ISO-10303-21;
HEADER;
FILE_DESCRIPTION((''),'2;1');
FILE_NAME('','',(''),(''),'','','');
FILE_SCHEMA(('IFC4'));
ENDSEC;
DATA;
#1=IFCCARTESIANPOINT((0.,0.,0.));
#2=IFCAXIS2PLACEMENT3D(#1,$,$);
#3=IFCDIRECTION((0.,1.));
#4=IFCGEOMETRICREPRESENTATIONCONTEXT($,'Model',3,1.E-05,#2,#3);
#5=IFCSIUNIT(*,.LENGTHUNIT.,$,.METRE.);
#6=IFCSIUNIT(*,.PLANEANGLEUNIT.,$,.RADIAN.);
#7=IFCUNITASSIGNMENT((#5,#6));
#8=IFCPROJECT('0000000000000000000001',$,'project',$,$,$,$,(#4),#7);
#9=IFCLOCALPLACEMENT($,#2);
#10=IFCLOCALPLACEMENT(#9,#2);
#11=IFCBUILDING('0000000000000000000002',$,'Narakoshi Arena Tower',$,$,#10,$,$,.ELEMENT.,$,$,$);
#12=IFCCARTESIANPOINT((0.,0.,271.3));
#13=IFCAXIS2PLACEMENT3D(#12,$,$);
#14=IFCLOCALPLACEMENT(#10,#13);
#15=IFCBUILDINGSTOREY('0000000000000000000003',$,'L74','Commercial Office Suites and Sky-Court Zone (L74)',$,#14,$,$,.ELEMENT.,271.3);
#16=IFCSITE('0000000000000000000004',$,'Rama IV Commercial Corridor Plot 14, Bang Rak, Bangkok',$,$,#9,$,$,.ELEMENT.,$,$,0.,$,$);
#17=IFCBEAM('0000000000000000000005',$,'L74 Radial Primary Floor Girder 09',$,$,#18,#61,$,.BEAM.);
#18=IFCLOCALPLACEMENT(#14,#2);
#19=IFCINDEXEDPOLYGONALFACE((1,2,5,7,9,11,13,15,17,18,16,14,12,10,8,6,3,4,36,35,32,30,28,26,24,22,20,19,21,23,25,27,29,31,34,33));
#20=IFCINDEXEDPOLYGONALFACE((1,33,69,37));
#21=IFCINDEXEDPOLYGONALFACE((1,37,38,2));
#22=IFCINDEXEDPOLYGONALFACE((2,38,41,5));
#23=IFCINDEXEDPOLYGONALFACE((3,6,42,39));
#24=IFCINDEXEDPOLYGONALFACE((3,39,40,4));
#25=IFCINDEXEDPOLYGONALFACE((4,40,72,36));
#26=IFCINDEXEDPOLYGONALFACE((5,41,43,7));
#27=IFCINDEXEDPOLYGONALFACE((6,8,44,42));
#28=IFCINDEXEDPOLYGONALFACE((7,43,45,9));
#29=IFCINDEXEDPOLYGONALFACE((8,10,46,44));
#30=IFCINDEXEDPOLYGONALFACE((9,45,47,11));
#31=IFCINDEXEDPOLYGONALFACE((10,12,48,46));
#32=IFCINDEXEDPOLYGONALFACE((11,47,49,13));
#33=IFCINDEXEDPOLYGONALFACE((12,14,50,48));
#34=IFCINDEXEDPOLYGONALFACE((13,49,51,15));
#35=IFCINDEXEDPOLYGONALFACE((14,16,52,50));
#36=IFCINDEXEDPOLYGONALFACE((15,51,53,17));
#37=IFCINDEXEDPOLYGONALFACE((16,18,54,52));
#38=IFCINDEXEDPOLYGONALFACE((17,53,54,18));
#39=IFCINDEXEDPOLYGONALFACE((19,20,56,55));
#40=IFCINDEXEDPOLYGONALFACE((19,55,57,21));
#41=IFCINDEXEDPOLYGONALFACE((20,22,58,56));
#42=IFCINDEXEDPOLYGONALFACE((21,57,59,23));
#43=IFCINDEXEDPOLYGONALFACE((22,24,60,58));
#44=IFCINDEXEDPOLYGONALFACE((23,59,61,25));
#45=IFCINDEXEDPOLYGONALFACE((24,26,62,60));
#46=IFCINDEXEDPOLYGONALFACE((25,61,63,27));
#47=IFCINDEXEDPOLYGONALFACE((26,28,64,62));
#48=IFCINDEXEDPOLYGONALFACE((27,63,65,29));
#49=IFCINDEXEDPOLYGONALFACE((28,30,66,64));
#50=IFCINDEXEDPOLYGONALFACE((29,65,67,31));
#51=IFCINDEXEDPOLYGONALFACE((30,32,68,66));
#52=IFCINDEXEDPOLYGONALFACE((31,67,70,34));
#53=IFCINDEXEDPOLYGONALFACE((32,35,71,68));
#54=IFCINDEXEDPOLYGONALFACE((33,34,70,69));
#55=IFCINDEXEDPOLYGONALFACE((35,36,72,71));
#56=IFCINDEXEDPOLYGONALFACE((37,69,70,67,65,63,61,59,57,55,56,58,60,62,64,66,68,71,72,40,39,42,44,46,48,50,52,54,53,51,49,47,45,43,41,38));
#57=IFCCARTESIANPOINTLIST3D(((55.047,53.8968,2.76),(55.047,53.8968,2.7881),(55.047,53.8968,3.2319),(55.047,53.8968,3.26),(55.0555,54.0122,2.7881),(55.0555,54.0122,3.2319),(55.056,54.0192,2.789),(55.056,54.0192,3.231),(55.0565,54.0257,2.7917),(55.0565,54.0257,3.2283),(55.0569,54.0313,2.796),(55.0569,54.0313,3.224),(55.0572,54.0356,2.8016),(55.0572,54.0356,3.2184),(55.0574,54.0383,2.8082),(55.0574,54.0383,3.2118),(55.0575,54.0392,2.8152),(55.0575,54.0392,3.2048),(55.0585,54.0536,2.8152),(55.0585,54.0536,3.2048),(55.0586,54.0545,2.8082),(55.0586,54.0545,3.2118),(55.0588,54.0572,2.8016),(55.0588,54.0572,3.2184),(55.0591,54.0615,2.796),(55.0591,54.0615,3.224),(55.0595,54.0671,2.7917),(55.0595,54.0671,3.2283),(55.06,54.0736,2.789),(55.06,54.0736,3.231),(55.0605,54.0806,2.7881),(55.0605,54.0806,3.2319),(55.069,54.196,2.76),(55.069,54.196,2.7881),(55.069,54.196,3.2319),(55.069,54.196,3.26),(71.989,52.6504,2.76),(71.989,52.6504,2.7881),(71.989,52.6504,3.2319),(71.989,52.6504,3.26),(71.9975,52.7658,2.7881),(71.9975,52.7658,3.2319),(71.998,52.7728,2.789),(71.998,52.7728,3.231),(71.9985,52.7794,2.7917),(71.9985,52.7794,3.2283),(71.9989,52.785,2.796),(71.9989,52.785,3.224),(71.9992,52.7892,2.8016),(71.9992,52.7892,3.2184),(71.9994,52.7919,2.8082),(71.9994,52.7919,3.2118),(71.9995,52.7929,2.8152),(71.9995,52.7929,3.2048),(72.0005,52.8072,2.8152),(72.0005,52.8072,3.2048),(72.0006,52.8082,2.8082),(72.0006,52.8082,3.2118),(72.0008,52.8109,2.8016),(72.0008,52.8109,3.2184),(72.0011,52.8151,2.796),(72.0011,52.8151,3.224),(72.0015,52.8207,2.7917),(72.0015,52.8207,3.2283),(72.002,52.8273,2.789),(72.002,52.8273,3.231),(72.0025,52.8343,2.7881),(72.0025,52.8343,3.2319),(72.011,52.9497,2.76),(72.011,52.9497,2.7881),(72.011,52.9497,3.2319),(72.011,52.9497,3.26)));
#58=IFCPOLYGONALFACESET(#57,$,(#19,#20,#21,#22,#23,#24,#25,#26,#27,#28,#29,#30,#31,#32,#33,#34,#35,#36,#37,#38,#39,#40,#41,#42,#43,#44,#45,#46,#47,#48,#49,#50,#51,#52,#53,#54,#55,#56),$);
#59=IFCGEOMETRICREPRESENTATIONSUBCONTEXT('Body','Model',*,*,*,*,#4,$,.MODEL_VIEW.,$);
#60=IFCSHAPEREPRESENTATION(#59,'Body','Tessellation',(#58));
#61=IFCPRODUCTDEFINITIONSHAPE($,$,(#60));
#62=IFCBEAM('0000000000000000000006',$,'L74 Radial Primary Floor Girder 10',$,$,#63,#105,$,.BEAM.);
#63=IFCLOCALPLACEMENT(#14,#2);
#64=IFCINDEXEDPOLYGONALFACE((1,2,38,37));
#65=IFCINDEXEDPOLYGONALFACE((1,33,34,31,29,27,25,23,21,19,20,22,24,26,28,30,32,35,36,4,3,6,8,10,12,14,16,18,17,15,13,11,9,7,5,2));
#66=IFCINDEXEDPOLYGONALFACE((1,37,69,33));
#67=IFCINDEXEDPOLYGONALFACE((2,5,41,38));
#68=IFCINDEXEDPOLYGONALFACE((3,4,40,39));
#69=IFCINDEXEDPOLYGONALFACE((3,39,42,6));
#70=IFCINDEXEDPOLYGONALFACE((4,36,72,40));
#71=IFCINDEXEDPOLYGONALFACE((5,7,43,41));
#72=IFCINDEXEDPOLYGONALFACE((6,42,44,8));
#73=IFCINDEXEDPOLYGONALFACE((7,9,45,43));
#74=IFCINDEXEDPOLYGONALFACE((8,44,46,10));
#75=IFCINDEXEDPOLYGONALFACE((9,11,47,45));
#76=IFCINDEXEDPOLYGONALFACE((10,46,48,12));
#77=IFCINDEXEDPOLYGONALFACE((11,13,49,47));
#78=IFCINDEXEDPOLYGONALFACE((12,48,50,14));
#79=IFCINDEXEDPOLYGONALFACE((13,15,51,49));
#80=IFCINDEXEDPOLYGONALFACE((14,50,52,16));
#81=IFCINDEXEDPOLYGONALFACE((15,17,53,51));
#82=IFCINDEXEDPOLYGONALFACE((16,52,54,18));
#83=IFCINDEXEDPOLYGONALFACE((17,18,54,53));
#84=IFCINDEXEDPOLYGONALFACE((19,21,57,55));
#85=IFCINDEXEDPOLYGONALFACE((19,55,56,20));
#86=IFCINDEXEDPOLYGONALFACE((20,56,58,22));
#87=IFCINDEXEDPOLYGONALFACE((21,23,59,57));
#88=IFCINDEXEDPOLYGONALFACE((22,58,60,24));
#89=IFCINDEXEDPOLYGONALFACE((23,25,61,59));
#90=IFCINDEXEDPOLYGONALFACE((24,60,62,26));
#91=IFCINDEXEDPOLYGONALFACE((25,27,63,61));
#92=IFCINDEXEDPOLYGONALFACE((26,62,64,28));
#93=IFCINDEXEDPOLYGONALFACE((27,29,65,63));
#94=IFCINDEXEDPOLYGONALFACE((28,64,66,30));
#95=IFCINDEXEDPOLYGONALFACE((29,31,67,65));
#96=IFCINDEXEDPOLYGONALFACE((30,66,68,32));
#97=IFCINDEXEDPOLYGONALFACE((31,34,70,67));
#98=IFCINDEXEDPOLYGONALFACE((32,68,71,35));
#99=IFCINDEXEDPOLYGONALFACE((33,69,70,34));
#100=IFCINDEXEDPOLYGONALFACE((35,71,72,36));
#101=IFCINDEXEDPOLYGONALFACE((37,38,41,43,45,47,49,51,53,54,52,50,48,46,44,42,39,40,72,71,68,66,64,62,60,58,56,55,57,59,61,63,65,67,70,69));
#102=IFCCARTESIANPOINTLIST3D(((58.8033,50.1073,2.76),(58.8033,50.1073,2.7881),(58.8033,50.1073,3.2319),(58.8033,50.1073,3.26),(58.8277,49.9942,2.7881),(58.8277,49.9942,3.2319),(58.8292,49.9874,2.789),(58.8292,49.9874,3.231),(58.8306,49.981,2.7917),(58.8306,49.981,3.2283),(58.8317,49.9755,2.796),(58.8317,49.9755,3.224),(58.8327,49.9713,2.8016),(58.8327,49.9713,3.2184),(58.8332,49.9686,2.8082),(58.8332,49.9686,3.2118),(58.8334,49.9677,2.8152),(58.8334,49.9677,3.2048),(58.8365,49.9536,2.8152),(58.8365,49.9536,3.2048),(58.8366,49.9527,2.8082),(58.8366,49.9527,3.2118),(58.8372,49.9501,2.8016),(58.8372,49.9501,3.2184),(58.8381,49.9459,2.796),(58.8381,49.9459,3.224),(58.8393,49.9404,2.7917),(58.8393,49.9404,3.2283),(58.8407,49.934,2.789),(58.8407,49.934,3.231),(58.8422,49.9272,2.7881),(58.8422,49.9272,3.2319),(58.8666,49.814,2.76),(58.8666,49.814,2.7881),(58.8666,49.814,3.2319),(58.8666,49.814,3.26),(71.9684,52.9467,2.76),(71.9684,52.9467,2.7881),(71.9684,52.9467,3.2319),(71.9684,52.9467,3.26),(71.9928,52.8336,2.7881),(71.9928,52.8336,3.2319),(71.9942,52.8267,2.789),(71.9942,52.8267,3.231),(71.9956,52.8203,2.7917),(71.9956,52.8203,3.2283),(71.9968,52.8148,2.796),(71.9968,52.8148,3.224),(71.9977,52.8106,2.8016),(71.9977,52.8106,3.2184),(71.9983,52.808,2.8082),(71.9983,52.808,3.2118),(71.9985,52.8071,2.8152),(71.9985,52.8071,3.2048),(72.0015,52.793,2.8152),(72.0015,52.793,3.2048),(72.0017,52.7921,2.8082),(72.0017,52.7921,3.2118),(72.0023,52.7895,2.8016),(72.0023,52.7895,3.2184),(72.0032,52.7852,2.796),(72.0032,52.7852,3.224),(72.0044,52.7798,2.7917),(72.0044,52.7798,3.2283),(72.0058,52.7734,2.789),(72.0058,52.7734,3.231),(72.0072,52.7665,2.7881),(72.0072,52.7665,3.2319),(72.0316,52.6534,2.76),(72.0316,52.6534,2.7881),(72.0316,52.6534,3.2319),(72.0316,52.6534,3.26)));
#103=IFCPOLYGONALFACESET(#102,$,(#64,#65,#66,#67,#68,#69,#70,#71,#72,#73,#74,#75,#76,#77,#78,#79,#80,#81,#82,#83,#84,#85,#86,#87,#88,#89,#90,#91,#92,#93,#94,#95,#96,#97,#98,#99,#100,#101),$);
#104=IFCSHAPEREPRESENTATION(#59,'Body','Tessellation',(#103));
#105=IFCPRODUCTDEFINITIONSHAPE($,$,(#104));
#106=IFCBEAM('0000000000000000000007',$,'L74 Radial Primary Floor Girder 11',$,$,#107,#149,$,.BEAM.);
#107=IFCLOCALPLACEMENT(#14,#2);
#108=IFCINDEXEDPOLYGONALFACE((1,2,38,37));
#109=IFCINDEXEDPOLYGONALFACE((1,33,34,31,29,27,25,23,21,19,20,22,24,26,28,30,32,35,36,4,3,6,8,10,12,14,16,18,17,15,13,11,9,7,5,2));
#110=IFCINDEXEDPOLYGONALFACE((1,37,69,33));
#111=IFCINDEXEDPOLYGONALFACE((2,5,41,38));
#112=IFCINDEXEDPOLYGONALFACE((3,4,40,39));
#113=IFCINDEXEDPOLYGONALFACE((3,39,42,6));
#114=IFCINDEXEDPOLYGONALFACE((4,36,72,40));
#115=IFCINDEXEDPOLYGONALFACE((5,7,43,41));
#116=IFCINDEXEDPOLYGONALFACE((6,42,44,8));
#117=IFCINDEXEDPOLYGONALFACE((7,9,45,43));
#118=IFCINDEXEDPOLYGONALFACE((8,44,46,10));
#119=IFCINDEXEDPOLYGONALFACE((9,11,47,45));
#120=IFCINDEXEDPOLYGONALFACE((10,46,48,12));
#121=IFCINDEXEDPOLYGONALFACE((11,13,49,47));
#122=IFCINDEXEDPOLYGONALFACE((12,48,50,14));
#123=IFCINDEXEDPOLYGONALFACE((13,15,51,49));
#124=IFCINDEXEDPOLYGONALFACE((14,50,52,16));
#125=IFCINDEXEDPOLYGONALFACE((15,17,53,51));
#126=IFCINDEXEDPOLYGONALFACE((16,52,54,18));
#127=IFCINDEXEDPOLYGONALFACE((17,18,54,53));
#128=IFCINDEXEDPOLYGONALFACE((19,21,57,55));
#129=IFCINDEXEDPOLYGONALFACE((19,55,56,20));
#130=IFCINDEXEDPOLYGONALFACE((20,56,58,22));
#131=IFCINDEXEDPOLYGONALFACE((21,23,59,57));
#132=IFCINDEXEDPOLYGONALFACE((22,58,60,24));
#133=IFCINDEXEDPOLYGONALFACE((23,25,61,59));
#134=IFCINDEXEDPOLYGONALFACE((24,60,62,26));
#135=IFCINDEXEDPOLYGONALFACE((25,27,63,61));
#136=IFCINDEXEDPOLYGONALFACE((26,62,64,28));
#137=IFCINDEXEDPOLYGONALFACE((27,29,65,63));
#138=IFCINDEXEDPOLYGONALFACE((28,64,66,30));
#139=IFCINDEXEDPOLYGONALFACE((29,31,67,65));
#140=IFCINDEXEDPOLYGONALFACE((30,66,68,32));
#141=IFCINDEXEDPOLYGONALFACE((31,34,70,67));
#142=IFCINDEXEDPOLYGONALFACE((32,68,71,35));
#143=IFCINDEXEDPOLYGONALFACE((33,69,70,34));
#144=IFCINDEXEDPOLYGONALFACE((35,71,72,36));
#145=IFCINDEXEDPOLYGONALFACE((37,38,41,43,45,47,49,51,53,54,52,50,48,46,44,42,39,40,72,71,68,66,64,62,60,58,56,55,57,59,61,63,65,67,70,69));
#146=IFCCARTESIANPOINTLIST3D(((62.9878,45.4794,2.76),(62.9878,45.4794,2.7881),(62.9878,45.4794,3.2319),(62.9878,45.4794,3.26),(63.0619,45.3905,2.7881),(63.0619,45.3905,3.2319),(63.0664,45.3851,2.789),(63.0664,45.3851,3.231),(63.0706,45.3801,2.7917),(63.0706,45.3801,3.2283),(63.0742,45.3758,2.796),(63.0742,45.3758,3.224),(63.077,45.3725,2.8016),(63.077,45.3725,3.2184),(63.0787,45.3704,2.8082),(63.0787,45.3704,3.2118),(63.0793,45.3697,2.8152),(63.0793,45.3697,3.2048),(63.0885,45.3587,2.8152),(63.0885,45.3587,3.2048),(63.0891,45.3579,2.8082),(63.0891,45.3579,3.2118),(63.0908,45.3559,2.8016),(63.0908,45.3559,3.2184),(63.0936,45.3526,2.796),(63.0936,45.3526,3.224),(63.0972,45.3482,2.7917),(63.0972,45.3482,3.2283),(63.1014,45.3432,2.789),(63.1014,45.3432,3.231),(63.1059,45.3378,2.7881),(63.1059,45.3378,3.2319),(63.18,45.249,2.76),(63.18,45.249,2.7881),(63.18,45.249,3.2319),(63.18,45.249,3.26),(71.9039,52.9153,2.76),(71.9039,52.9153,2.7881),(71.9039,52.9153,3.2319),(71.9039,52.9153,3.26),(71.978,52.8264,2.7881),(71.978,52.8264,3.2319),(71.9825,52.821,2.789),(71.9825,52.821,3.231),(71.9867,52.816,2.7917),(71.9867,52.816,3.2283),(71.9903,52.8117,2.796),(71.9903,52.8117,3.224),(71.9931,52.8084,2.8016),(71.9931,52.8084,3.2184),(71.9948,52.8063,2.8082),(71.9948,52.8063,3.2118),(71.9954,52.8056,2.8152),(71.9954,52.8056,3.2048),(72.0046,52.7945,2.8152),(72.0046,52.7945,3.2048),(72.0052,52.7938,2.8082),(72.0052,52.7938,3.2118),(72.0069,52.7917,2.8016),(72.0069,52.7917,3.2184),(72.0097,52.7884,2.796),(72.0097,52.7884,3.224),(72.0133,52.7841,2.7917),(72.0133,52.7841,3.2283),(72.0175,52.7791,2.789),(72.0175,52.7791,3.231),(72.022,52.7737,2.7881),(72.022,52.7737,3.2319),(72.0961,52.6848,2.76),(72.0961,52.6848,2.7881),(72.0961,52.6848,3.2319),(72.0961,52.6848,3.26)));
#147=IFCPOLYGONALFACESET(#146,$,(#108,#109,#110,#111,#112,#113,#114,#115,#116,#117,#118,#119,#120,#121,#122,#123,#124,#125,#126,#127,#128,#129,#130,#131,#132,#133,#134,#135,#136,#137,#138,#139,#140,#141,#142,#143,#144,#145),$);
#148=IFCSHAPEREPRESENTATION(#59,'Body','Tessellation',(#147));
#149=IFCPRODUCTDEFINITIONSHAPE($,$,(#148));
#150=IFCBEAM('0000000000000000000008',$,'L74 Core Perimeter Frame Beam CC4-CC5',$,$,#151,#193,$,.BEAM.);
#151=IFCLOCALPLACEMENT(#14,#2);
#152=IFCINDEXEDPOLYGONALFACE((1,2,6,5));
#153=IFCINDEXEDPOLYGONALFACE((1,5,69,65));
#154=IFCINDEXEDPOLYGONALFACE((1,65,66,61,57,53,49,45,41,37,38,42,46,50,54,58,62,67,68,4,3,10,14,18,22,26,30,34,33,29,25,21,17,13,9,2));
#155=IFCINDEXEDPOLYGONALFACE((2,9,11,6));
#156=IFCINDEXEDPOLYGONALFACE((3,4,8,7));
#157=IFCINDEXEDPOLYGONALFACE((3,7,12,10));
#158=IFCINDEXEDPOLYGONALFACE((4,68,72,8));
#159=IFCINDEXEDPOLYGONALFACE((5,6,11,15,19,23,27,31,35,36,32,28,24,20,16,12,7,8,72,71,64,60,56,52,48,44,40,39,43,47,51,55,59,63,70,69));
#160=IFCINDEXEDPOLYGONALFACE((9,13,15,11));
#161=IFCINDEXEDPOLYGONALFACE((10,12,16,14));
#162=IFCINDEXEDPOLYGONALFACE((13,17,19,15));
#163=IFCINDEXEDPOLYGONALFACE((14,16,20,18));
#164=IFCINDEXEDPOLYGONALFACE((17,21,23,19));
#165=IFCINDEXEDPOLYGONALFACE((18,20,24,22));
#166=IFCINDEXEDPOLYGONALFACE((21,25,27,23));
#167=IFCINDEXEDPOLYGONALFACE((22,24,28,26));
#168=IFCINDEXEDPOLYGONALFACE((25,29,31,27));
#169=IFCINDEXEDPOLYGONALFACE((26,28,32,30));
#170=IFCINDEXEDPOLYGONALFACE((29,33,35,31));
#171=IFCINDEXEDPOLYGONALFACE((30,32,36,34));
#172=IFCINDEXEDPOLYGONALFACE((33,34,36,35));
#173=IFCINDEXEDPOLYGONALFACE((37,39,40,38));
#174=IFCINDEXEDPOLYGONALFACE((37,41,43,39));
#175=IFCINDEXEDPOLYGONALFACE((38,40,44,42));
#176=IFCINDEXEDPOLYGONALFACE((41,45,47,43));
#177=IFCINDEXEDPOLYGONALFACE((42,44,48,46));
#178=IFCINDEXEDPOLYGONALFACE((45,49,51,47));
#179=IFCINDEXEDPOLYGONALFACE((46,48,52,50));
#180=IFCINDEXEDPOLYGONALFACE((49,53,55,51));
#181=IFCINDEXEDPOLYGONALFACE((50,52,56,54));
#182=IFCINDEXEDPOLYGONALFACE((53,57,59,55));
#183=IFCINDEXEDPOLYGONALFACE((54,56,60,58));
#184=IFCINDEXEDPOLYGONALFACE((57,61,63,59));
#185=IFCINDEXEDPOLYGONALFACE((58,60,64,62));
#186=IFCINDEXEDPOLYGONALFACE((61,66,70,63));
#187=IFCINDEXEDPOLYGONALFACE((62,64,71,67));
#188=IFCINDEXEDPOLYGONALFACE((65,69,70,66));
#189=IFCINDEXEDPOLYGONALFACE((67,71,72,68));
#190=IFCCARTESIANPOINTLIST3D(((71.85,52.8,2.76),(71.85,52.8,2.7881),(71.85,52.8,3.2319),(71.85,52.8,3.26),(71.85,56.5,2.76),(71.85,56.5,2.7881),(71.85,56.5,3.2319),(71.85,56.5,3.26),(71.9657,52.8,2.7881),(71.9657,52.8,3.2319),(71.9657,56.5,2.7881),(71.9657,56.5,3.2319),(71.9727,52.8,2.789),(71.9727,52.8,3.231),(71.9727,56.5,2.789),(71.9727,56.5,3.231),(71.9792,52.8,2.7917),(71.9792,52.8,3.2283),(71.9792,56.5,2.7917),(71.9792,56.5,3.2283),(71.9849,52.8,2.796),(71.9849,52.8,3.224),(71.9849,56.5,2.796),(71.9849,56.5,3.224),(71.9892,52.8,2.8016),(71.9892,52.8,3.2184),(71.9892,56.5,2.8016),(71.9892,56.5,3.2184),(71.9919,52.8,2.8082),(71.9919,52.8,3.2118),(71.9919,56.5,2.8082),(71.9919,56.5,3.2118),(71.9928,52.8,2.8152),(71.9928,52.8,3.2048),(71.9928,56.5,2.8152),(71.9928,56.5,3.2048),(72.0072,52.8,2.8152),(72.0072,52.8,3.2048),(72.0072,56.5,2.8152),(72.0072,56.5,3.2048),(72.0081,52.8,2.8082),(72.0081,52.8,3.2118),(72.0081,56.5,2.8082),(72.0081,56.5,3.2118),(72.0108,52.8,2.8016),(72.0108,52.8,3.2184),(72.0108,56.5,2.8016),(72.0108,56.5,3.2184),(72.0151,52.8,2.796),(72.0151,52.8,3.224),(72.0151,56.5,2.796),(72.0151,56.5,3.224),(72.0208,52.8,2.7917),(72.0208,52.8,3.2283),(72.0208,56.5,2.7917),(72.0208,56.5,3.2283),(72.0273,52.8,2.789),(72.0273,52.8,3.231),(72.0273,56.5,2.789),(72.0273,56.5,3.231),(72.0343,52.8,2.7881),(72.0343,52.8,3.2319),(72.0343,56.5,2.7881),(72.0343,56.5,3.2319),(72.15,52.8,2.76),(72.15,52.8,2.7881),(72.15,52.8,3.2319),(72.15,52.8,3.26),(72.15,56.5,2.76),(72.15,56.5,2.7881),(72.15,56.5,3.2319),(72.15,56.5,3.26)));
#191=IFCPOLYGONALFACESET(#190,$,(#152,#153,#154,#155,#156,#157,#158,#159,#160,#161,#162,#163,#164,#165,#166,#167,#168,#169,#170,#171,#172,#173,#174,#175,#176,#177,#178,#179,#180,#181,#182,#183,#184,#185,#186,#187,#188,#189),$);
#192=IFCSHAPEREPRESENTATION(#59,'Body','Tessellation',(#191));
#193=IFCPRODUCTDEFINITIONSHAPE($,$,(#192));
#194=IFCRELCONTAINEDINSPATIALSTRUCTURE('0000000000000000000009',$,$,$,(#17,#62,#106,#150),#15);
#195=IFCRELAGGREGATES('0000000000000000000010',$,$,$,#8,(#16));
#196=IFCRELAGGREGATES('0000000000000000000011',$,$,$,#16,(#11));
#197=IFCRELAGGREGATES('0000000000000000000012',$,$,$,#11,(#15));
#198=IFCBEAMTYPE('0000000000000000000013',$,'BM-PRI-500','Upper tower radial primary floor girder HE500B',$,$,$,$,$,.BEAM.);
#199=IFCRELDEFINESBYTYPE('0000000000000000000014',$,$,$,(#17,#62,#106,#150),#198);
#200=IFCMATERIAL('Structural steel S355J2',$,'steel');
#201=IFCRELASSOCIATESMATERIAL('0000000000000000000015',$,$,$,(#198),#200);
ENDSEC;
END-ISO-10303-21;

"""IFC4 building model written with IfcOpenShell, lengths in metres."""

from ifc_helpers import new_model, si_unit, direction, frame, origin, origin_2d, place, context, subcontext, project, spatial, i_section, extrude, material, material_profile, profile_set, type_object, element, save


model = new_model("IFC4")

# Units and contexts
model_context = context("Model", 3, precision=1e-05, world=origin(), true_north=direction((0.0, 1.0)))
body_context = subcontext(model_context, "Body", "Model", "MODEL_VIEW")
ifc_project = project(units=[si_unit("LENGTHUNIT", "METRE"), si_unit("PLANEANGLEUNIT", "RADIAN")], contexts=[model_context])

# Site, building, storey
site_placement = place(None, origin())
site = spatial("IfcSite", under=ifc_project, at=site_placement, Name="Rama IV Commercial Corridor Plot 14, Bang Rak, Bangkok", CompositionType="ELEMENT", RefElevation=0.0)
building_placement = place(site_placement, origin())
building = spatial("IfcBuilding", under=site, at=building_placement, Name="Narakoshi Arena Tower", CompositionType="ELEMENT")
storey_placement = place(building_placement, frame((0.0, 0.0, 271.3)))
storey = spatial("IfcBuildingStorey", under=building, at=storey_placement, Name="L74", Description="Commercial Office Suites and Sky-Court Zone (L74)", CompositionType="ELEMENT", Elevation=271.3)

# Beams
ifc_material_1 = material(Name="Structural steel S355J2", Category="steel")
ifc_material_profile_1 = material_profile(ifc_material_1, i_section(OverallWidth=0.3, OverallDepth=0.5, WebThickness=0.0144, FlangeThickness=0.0281, FilletRadius=0.0271, at=origin_2d()), Name="HE500B")
ifc_profile_set_1 = profile_set([ifc_material_profile_1], Name="Structural steel S355J2")
beam_type = type_object("IfcBeamType", Name="BM-PRI-500", Description="Upper tower radial primary floor girder HE500B", PredefinedType="BEAM", material=ifc_profile_set_1)
beam_1_placement = place(storey_placement, frame((72.0, 52.8, 3.01), z_axis=(-0.997305, 0.073367, 0.0), x_axis=(-0.073367, -0.997305, 0.0)))
element("IfcBeam", 1, at=beam_1_placement, inside=storey, type_object=beam_type, Name="L74 Radial Primary Floor Girder 09", PredefinedType="BEAM", context=body_context, shape_type="SweptSolid", body=[
    extrude(i_section(OverallWidth=0.3, OverallDepth=0.5, WebThickness=0.0144, FlangeThickness=0.0281, FilletRadius=0.0271, at=origin_2d()), origin(), (0.0, 0.0, 1.0), 16.9878),
])
beam_2_placement = place(storey_placement, frame((72.0, 52.8, 3.01), z_axis=(-0.977524, -0.210826, 0.0), x_axis=(0.210826, -0.977524, 0.0)))
element("IfcBeam", 2, at=beam_2_placement, inside=storey, type_object=beam_type, Name="L74 Radial Primary Floor Girder 10", PredefinedType="BEAM", context=body_context, shape_type="SweptSolid", body=[
    extrude(i_section(OverallWidth=0.3, OverallDepth=0.5, WebThickness=0.0144, FlangeThickness=0.0281, FilletRadius=0.0271, at=origin_2d()), origin(), (0.0, 0.0, 1.0), 13.4678),
])
beam_3_placement = place(storey_placement, frame((72.0, 52.8, 3.01), z_axis=(-0.767976, -0.640478, 0.0), x_axis=(0.640478, -0.767976, 0.0)))
element("IfcBeam", 3, at=beam_3_placement, inside=storey, type_object=beam_type, Name="L74 Radial Primary Floor Girder 11", PredefinedType="BEAM", context=body_context, shape_type="SweptSolid", body=[
    extrude(i_section(OverallWidth=0.3, OverallDepth=0.5, WebThickness=0.0144, FlangeThickness=0.0281, FilletRadius=0.0271, at=origin_2d()), origin(), (0.0, 0.0, 1.0), 11.6099),
])
beam_4_placement = place(storey_placement, frame((72.0, 52.8, 3.01), z_axis=(0.0, 1.0, 0.0), x_axis=(-1.0, 0.0, 0.0)))
element("IfcBeam", 4, at=beam_4_placement, inside=storey, type_object=beam_type, Name="L74 Core Perimeter Frame Beam CC4-CC5", PredefinedType="BEAM", context=body_context, shape_type="SweptSolid", body=[
    extrude(i_section(OverallWidth=0.3, OverallDepth=0.5, WebThickness=0.0144, FlangeThickness=0.0281, FilletRadius=0.0271, at=origin_2d()), origin(), (0.0, 0.0, 1.0), 3.7),
])

save(model, "model.ifc")
